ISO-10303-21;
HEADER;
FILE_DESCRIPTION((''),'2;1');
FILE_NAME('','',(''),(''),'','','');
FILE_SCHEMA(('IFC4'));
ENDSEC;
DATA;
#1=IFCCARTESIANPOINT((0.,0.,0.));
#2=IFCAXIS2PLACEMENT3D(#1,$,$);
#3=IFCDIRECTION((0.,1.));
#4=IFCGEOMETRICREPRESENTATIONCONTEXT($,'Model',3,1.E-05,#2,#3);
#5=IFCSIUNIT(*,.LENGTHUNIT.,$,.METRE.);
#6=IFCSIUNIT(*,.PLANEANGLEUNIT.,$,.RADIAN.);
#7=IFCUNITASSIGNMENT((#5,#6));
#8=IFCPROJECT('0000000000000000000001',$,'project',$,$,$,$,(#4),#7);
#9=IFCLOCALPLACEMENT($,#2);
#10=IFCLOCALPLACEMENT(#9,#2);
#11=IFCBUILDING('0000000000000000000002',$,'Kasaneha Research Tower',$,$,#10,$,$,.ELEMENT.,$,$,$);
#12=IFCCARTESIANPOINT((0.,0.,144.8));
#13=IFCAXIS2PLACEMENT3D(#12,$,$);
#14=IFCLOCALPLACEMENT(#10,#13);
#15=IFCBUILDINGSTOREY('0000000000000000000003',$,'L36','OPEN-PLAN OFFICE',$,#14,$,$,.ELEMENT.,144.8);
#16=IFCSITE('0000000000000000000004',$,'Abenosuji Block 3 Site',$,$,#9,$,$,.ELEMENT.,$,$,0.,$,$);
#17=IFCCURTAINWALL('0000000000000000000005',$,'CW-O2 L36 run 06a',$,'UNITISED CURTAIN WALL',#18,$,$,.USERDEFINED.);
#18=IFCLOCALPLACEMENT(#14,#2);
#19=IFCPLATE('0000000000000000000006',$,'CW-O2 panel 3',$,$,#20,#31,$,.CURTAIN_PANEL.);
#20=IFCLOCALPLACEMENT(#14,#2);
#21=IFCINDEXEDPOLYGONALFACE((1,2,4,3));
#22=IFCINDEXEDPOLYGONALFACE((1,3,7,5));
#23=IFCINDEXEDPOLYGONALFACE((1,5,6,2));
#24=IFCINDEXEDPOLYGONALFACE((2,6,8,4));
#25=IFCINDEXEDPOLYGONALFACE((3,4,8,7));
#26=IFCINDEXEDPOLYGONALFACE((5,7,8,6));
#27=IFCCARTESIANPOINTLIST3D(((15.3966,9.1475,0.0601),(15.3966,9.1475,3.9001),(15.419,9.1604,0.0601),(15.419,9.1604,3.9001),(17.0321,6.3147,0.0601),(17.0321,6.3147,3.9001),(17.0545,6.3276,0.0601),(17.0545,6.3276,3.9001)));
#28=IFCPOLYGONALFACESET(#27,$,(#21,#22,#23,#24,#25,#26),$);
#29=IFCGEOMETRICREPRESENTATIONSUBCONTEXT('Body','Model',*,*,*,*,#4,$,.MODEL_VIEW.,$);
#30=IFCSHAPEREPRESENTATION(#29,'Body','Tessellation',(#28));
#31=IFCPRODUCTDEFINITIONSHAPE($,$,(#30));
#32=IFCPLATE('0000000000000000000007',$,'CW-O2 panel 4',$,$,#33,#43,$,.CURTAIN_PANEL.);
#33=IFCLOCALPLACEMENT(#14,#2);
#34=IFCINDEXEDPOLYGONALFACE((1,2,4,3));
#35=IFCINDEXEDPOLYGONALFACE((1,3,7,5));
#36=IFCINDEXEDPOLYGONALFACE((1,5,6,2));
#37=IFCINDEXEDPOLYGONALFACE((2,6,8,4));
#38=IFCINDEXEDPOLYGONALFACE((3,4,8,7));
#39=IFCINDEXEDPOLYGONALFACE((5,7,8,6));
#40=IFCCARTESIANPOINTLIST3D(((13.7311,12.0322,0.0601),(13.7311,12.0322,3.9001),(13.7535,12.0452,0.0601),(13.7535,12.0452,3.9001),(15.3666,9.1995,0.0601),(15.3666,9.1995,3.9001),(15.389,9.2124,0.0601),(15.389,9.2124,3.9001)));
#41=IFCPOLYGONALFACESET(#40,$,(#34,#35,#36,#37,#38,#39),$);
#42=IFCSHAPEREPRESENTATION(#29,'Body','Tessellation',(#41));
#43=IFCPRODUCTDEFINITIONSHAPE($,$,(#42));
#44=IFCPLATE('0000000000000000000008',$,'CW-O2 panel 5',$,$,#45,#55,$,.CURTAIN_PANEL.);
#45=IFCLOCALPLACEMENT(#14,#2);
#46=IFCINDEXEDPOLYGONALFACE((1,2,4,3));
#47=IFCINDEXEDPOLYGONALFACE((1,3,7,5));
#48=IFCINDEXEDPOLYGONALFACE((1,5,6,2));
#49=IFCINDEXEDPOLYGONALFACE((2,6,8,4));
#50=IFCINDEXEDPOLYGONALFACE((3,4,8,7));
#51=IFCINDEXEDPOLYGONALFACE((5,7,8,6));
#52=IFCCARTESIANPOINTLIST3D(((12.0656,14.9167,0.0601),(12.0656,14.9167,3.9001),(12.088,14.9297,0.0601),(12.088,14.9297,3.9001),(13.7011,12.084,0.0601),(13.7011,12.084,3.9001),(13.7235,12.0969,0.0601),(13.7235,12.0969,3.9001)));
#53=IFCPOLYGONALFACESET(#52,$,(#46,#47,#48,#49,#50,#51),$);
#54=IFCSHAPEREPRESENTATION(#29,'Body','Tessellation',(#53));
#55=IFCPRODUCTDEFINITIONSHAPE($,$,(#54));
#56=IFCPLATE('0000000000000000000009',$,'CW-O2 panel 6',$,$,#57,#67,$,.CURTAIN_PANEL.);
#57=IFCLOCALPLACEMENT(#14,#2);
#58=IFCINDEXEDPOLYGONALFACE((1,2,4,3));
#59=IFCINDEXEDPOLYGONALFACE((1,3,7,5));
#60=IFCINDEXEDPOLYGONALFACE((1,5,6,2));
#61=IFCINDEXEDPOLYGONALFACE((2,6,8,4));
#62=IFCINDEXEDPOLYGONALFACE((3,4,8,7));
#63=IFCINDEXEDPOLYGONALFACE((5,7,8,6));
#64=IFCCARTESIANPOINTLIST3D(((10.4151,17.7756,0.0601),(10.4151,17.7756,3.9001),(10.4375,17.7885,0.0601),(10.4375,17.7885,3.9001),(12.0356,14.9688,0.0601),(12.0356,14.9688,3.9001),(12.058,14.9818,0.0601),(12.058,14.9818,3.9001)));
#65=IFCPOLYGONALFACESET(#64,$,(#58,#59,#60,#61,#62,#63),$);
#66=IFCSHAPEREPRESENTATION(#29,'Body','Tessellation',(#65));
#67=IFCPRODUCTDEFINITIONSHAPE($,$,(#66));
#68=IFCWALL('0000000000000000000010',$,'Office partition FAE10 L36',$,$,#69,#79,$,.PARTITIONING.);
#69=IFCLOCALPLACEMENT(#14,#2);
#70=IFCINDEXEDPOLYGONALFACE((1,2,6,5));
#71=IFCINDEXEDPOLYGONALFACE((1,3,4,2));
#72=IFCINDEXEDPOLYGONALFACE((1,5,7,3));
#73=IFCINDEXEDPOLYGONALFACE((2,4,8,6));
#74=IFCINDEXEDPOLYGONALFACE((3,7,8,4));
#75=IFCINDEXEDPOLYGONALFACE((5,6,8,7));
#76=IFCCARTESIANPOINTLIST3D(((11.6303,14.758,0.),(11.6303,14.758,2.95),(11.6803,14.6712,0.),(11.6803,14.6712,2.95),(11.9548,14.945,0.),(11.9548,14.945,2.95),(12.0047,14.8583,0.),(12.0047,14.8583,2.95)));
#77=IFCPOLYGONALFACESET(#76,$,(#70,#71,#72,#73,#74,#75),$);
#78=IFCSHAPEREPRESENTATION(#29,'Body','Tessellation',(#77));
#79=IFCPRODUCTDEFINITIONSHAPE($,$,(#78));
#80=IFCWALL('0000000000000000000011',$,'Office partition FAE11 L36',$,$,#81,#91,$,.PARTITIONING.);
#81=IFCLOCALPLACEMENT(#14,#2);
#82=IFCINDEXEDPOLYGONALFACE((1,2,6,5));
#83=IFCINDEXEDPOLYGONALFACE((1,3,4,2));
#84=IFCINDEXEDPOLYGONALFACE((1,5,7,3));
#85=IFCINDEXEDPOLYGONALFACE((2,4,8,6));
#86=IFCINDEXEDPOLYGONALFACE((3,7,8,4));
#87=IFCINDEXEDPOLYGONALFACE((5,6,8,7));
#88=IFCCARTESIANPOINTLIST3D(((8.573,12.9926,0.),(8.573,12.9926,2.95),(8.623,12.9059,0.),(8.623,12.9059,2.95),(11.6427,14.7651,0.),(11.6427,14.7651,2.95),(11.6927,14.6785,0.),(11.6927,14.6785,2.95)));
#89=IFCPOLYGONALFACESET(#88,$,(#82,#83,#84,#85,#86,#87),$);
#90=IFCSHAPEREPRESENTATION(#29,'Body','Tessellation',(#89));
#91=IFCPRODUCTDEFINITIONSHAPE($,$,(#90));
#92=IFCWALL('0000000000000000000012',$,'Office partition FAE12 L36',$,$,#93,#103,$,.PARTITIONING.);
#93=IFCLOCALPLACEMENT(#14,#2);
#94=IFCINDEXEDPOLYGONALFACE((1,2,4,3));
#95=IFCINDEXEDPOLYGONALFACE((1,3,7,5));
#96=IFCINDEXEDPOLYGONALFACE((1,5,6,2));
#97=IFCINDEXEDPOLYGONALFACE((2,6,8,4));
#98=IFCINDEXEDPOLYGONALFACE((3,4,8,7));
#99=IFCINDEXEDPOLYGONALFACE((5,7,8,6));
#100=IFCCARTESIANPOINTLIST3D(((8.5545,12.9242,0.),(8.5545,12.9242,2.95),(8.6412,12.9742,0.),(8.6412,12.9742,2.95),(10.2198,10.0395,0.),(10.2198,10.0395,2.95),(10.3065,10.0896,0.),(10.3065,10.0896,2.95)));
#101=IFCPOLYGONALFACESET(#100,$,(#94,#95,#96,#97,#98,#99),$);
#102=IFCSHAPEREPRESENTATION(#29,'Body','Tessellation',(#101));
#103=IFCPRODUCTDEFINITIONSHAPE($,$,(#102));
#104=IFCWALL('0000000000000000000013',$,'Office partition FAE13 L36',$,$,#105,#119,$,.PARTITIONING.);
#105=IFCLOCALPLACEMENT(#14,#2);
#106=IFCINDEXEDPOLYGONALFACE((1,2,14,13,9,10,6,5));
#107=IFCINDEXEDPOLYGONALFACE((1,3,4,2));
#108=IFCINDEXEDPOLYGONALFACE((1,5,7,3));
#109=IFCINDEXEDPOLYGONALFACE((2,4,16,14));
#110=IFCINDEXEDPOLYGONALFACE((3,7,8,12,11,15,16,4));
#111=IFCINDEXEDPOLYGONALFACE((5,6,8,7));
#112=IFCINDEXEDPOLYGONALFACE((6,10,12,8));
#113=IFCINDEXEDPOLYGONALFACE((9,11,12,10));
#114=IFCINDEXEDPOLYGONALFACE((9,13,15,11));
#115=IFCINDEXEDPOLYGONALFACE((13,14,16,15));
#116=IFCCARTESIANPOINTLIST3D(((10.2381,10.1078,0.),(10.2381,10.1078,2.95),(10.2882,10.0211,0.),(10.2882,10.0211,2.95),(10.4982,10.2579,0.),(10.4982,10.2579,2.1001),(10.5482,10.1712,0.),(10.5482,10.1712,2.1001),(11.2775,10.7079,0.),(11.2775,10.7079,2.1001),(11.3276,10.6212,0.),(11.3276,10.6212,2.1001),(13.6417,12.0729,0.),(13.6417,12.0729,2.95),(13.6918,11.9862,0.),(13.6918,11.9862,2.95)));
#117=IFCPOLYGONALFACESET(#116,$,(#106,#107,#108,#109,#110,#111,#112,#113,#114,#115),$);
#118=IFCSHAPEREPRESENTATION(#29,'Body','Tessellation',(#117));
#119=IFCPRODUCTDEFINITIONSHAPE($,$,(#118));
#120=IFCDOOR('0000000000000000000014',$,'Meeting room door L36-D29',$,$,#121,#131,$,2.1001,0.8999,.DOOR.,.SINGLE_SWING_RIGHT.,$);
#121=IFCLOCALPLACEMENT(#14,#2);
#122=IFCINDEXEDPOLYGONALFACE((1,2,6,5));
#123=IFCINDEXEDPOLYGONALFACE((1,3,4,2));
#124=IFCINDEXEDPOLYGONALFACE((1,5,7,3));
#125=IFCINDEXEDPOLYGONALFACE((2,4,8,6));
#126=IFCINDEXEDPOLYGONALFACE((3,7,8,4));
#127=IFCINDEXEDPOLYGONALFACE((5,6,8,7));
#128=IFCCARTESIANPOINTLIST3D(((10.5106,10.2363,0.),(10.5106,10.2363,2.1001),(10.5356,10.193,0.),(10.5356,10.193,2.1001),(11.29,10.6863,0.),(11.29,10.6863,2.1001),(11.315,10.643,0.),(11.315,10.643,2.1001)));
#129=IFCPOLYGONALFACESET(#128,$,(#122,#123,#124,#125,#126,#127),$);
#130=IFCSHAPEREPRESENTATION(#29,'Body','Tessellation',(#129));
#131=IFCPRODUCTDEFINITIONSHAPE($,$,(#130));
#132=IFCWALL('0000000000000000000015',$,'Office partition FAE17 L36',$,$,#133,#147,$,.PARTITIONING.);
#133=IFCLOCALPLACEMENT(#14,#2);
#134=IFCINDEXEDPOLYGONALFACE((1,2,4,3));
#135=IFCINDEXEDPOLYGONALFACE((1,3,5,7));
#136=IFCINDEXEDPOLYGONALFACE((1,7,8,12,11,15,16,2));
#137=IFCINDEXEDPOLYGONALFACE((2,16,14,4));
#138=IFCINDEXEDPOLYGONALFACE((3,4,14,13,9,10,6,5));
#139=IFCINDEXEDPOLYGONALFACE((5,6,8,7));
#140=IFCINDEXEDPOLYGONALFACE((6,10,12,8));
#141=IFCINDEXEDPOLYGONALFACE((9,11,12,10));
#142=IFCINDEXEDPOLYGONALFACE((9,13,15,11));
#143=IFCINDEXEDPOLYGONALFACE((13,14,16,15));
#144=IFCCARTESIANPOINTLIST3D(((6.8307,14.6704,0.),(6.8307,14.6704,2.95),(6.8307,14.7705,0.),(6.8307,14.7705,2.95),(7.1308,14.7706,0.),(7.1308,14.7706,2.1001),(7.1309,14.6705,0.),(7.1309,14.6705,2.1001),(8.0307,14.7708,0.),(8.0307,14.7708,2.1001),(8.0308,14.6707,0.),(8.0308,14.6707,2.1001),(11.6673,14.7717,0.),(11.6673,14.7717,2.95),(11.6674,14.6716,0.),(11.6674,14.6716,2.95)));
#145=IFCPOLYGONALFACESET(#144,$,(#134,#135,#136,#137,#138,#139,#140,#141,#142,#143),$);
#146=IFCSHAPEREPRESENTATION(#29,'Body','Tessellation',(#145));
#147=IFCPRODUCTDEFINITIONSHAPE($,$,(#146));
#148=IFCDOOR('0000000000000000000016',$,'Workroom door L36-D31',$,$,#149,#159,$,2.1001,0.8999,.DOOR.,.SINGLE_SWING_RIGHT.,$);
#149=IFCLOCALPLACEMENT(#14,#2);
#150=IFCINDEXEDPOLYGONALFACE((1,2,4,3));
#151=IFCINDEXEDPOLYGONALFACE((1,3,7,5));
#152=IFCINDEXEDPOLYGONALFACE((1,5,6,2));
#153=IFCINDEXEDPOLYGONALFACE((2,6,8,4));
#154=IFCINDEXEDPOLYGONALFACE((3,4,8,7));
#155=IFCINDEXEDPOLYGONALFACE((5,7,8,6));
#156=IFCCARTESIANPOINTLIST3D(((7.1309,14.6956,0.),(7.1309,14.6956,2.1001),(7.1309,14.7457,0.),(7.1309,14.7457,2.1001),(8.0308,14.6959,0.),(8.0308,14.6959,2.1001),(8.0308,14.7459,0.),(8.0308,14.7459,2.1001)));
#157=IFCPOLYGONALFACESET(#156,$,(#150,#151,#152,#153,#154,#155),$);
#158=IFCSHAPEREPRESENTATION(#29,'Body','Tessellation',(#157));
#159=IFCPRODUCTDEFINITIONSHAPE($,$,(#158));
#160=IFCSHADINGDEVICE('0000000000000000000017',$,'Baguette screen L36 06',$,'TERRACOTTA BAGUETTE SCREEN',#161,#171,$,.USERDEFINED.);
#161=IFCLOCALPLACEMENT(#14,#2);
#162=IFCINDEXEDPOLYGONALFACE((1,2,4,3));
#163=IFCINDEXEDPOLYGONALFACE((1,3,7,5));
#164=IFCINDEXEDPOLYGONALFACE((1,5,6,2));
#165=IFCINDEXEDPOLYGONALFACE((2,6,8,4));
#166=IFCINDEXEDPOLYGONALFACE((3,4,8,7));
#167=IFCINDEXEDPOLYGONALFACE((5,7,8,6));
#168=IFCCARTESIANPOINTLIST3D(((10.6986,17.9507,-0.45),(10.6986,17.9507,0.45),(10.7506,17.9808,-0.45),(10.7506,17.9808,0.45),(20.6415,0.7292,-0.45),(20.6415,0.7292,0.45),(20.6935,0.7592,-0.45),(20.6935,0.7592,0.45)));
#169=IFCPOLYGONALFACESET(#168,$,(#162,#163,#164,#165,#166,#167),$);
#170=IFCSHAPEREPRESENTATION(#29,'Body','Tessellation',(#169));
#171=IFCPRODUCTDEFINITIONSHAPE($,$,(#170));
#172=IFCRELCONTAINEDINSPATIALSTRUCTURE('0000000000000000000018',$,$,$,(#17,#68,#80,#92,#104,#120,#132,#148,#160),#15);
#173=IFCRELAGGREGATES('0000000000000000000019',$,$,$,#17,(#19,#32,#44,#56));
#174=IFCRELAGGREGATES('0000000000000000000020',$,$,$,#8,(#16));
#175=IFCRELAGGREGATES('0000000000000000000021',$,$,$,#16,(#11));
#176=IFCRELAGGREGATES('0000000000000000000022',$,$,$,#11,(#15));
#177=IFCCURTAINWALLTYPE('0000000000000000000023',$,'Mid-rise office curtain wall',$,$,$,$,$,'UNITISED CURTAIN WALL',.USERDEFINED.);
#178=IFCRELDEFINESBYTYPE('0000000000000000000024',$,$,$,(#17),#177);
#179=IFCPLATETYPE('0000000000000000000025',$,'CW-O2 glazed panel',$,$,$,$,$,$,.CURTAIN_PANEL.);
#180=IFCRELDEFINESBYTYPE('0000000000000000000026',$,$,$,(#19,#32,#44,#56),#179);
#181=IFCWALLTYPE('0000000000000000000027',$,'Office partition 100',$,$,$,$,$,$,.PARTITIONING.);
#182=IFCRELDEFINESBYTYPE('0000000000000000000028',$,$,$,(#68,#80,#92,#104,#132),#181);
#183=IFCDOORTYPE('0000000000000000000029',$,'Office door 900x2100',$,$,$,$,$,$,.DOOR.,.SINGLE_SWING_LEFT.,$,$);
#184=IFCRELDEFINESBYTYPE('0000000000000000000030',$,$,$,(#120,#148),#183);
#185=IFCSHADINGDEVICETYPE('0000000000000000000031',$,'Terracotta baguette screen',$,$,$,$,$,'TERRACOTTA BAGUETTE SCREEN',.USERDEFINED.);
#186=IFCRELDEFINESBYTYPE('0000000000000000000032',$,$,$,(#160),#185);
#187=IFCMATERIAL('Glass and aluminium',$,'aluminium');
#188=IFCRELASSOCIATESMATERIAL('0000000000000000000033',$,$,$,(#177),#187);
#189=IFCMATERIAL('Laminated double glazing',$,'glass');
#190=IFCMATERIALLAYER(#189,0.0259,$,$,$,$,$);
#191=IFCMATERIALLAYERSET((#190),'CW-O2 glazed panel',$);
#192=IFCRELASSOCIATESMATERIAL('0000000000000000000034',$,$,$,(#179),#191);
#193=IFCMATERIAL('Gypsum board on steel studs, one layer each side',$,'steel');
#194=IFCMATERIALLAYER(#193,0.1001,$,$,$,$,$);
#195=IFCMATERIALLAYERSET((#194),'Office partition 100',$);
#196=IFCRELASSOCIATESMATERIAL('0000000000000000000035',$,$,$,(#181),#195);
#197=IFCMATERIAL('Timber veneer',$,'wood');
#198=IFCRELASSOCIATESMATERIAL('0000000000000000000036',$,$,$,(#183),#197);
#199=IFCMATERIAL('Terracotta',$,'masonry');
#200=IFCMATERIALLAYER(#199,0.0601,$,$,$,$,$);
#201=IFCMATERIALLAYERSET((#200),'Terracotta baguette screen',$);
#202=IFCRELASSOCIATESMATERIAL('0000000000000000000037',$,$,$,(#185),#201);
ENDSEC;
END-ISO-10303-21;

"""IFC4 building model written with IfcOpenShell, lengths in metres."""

from ifc_helpers import new_model, si_unit, direction, frame, frame_2d, origin, origin_2d, place, context, subcontext, project, spatial, rectangle, extrude, material, layer, layer_set, type_object, element, fill, aggregate, save


model = new_model("IFC4")

# Units and contexts
model_context = context("Model", 3, precision=1e-05, world=origin(), true_north=direction((0.0, 1.0)))
body_context = subcontext(model_context, "Body", "Model", "MODEL_VIEW")
ifc_project = project(units=[si_unit("LENGTHUNIT", "METRE"), si_unit("PLANEANGLEUNIT", "RADIAN")], contexts=[model_context])

# Site, building, storey
site_placement = place(None, origin())
site = spatial("IfcSite", under=ifc_project, at=site_placement, Name="Abenosuji Block 3 Site", CompositionType="ELEMENT", RefElevation=0.0)
building_placement = place(site_placement, origin())
building = spatial("IfcBuilding", under=site, at=building_placement, Name="Kasaneha Research Tower", CompositionType="ELEMENT")
storey_placement = place(building_placement, frame((0.0, 0.0, 144.8)))
storey = spatial("IfcBuildingStorey", under=building, at=storey_placement, Name="L36", Description="OPEN-PLAN OFFICE", CompositionType="ELEMENT", Elevation=144.8)

# Curtain wall
ifc_material_1 = material(Name="Glass and aluminium", Category="aluminium")
curtain_wall_type = type_object("IfcCurtainWallType", Name="Mid-rise office curtain wall", ElementType="UNITISED CURTAIN WALL", PredefinedType="USERDEFINED", material=ifc_material_1)
curtain_wall_1_placement = place(storey_placement, origin())
curtain_wall_1 = element("IfcCurtainWall", 1, at=curtain_wall_1_placement, inside=storey, type_object=curtain_wall_type, Name="CW-O2 L36 run 06a", ObjectType="UNITISED CURTAIN WALL", PredefinedType="USERDEFINED")

# Plates
ifc_material_2 = material(Name="Laminated double glazing", Category="glass")
ifc_layer_1 = layer(ifc_material_2, 0.0259)
ifc_layer_set_1 = layer_set([ifc_layer_1], Name="CW-O2 glazed panel")
plate_type = type_object("IfcPlateType", Name="CW-O2 glazed panel", PredefinedType="CURTAIN_PANEL", material=ifc_layer_set_1)
plate_1_placement = place(storey_placement, frame((16.2256, 7.7375, 0.0601), z_axis=(0.0, 0.0, 1.0), x_axis=(-0.5, 0.866025, 0.0)))
plate_1 = element("IfcPlate", 2, at=plate_1_placement, type_object=plate_type, Name="CW-O2 panel 3", PredefinedType="CURTAIN_PANEL", context=body_context, shape_type="SweptSolid", body=[
    extrude(rectangle(XDim=3.271, YDim=0.0259, at=origin_2d()), origin(), (0.0, 0.0, 1.0), 3.8401),
])
plate_2_placement = place(storey_placement, frame((14.5601, 10.6223, 0.0601), z_axis=(0.0, 0.0, 1.0), x_axis=(-0.5, 0.866025, 0.0)))
plate_2 = element("IfcPlate", 3, at=plate_2_placement, type_object=plate_type, Name="CW-O2 panel 4", PredefinedType="CURTAIN_PANEL", context=body_context, shape_type="SweptSolid", body=[
    extrude(rectangle(XDim=3.271, YDim=0.0259, at=origin_2d()), origin(), (0.0, 0.0, 1.0), 3.8401),
])
plate_3_placement = place(storey_placement, frame((12.8945, 13.5068, 0.0601), z_axis=(0.0, 0.0, 1.0), x_axis=(-0.5, 0.866025, 0.0)))
plate_3 = element("IfcPlate", 4, at=plate_3_placement, type_object=plate_type, Name="CW-O2 panel 5", PredefinedType="CURTAIN_PANEL", context=body_context, shape_type="SweptSolid", body=[
    extrude(rectangle(XDim=3.271, YDim=0.0259, at=origin_2d()), origin(), (0.0, 0.0, 1.0), 3.8401),
])
plate_4_placement = place(storey_placement, frame((11.2366, 16.3787, 0.0601), z_axis=(0.0, 0.0, 1.0), x_axis=(-0.5, 0.866025, 0.0)))
plate_4 = element("IfcPlate", 5, at=plate_4_placement, type_object=plate_type, Name="CW-O2 panel 6", PredefinedType="CURTAIN_PANEL", context=body_context, shape_type="SweptSolid", body=[
    extrude(rectangle(XDim=3.241, YDim=0.0259, at=origin_2d()), origin(), (0.0, 0.0, 1.0), 3.8401),
])
aggregate(curtain_wall_1, [plate_1, plate_2, plate_3, plate_4])

# Walls
ifc_material_3 = material(Name="Gypsum board on steel studs, one layer each side", Category="steel")
ifc_layer_2 = layer(ifc_material_3, 0.1001)
ifc_layer_set_2 = layer_set([ifc_layer_2], Name="Office partition 100")
wall_type = type_object("IfcWallType", Name="Office partition 100", PredefinedType="PARTITIONING", material=ifc_layer_set_2)
wall_1_placement = place(storey_placement, frame((11.6553, 14.7146, 0.0), z_axis=(0.0, 0.0, 1.0), x_axis=(0.866392, 0.499365, 0.0)))
element("IfcWall", 6, at=wall_1_placement, inside=storey, type_object=wall_type, Name="Office partition FAE10 L36", PredefinedType="PARTITIONING", context=body_context, shape_type="SweptSolid", body=[
    extrude(rectangle(XDim=0.3745, YDim=0.1001, at=frame_2d((0.1873, 0.0))), origin(), (0.0, 0.0, 1.0), 2.95),
])
wall_2_placement = place(storey_placement, frame((8.5979, 12.9492, 0.0), z_axis=(0.0, 0.0, 1.0), x_axis=(0.865996, 0.50005, 0.0)))
element("IfcWall", 7, at=wall_2_placement, inside=storey, type_object=wall_type, Name="Office partition FAE11 L36", PredefinedType="PARTITIONING", context=body_context, shape_type="SweptSolid", body=[
    extrude(rectangle(XDim=3.5447, YDim=0.1001, at=frame_2d((1.7725, 0.0))), origin(), (0.0, 0.0, 1.0), 2.95),
])
wall_3_placement = place(storey_placement, frame((10.2632, 10.0645, 0.0), z_axis=(0.0, 0.0, 1.0), x_axis=(-0.499947, 0.866056, 0.0)))
element("IfcWall", 8, at=wall_3_placement, inside=storey, type_object=wall_type, Name="Office partition FAE12 L36", PredefinedType="PARTITIONING", context=body_context, shape_type="SweptSolid", body=[
    extrude(rectangle(XDim=3.3308, YDim=0.1001, at=frame_2d((1.6655, 0.0))), origin(), (0.0, 0.0, 1.0), 2.95),
])

# Walls, openings, doors
wall_4_placement = place(storey_placement, frame((13.6667, 12.0295, 0.0), z_axis=(0.0, 0.0, 1.0), x_axis=(-0.866021, -0.500007, 0.0)))
wall_4 = element("IfcWall", 9, at=wall_4_placement, inside=storey, type_object=wall_type, Name="Office partition FAE13 L36", PredefinedType="PARTITIONING", context=body_context, shape_type="SweptSolid", body=[
    extrude(rectangle(XDim=3.9302, YDim=0.1001, at=frame_2d((1.9651, 0.0))), origin(), (0.0, 0.0, 1.0), 2.95),
])
opening_1_placement = place(wall_4_placement, frame((2.73, 0.0, 0.0)))
opening_1 = element("IfcOpeningElement", 10, at=opening_1_placement, cuts=wall_4, PredefinedType="OPENING", context=body_context, shape_type="SweptSolid", body=[
    extrude(rectangle(XDim=0.8999, YDim=2.1001, at=frame_2d((0.45, 1.05))), frame((0.0, 0.0601, 0.0), z_axis=(0.0, -1.0, 0.0), x_axis=(1.0, 0.0, 0.0)), (0.0, 0.0, 1.0), 0.1201),
])
ifc_material_4 = material(Name="Timber veneer", Category="wood")
door_type = type_object("IfcDoorType", Name="Office door 900x2100", OperationType="SINGLE_SWING_LEFT", PredefinedType="DOOR", material=ifc_material_4)
door_1_placement = place(opening_1_placement, origin())
door_1 = element("IfcDoor", 11, at=door_1_placement, inside=storey, type_object=door_type, Name="Meeting room door L36-D29", OperationType="SINGLE_SWING_RIGHT", OverallHeight=2.1001, OverallWidth=0.8999, PredefinedType="DOOR", context=body_context, shape_type="SweptSolid", body=[
    extrude(rectangle(XDim=0.8999, YDim=2.1001, at=frame_2d((0.45, 1.05))), frame((0.0, 0.0249, 0.0), z_axis=(0.0, -1.0, 0.0), x_axis=(1.0, 0.0, 0.0)), (0.0, 0.0, 1.0), 0.05),
])
fill(opening_1, door_1)
wall_5_placement = place(storey_placement, frame((11.6675, 14.7217, 0.0), z_axis=(0.0, 0.0, 1.0), x_axis=(-1.0, -0.000252, 0.0)))
wall_5 = element("IfcWall", 12, at=wall_5_placement, inside=storey, type_object=wall_type, Name="Office partition FAE17 L36", PredefinedType="PARTITIONING", context=body_context, shape_type="SweptSolid", body=[
    extrude(rectangle(XDim=4.8367, YDim=0.1001, at=frame_2d((2.4185, 0.0))), origin(), (0.0, 0.0, 1.0), 2.95),
])
opening_2_placement = place(wall_5_placement, frame((3.6367, 0.0, 0.0)))
opening_2 = element("IfcOpeningElement", 13, at=opening_2_placement, cuts=wall_5, PredefinedType="OPENING", context=body_context, shape_type="SweptSolid", body=[
    extrude(rectangle(XDim=0.8999, YDim=2.1001, at=frame_2d((0.45, 1.05))), frame((0.0, 0.0601, 0.0), z_axis=(0.0, -1.0, 0.0), x_axis=(1.0, 0.0, 0.0)), (0.0, 0.0, 1.0), 0.1201),
])
door_2_placement = place(opening_2_placement, origin())
door_2 = element("IfcDoor", 14, at=door_2_placement, inside=storey, type_object=door_type, Name="Workroom door L36-D31", OperationType="SINGLE_SWING_RIGHT", OverallHeight=2.1001, OverallWidth=0.8999, PredefinedType="DOOR", context=body_context, shape_type="SweptSolid", body=[
    extrude(rectangle(XDim=0.8999, YDim=2.1001, at=frame_2d((0.45, 1.05))), frame((0.0, 0.0249, 0.0), z_axis=(0.0, -1.0, 0.0), x_axis=(1.0, 0.0, 0.0)), (0.0, 0.0, 1.0), 0.05),
])
fill(opening_2, door_2)

# Shading device
ifc_material_5 = material(Name="Terracotta", Category="masonry")
ifc_layer_3 = layer(ifc_material_5, 0.0601)
ifc_layer_set_3 = layer_set([ifc_layer_3], Name="Terracotta baguette screen")
shading_device_type = type_object("IfcShadingDeviceType", Name="Terracotta baguette screen", ElementType="TERRACOTTA BAGUETTE SCREEN", PredefinedType="USERDEFINED", material=ifc_layer_set_3)
shading_device_placement = place(storey_placement, frame((15.696, 9.355, -0.45), z_axis=(0.0, 0.0, 1.0), x_axis=(-0.5, 0.866025, 0.0)))
element("IfcShadingDevice", 15, at=shading_device_placement, inside=storey, type_object=shading_device_type, Name="Baguette screen L36 06", ObjectType="TERRACOTTA BAGUETTE SCREEN", PredefinedType="USERDEFINED", context=body_context, shape_type="SweptSolid", body=[
    extrude(rectangle(XDim=19.8857, YDim=0.0601, at=origin_2d()), origin(), (0.0, 0.0, 1.0), 0.8999),
])

save(model, "model.ifc")
